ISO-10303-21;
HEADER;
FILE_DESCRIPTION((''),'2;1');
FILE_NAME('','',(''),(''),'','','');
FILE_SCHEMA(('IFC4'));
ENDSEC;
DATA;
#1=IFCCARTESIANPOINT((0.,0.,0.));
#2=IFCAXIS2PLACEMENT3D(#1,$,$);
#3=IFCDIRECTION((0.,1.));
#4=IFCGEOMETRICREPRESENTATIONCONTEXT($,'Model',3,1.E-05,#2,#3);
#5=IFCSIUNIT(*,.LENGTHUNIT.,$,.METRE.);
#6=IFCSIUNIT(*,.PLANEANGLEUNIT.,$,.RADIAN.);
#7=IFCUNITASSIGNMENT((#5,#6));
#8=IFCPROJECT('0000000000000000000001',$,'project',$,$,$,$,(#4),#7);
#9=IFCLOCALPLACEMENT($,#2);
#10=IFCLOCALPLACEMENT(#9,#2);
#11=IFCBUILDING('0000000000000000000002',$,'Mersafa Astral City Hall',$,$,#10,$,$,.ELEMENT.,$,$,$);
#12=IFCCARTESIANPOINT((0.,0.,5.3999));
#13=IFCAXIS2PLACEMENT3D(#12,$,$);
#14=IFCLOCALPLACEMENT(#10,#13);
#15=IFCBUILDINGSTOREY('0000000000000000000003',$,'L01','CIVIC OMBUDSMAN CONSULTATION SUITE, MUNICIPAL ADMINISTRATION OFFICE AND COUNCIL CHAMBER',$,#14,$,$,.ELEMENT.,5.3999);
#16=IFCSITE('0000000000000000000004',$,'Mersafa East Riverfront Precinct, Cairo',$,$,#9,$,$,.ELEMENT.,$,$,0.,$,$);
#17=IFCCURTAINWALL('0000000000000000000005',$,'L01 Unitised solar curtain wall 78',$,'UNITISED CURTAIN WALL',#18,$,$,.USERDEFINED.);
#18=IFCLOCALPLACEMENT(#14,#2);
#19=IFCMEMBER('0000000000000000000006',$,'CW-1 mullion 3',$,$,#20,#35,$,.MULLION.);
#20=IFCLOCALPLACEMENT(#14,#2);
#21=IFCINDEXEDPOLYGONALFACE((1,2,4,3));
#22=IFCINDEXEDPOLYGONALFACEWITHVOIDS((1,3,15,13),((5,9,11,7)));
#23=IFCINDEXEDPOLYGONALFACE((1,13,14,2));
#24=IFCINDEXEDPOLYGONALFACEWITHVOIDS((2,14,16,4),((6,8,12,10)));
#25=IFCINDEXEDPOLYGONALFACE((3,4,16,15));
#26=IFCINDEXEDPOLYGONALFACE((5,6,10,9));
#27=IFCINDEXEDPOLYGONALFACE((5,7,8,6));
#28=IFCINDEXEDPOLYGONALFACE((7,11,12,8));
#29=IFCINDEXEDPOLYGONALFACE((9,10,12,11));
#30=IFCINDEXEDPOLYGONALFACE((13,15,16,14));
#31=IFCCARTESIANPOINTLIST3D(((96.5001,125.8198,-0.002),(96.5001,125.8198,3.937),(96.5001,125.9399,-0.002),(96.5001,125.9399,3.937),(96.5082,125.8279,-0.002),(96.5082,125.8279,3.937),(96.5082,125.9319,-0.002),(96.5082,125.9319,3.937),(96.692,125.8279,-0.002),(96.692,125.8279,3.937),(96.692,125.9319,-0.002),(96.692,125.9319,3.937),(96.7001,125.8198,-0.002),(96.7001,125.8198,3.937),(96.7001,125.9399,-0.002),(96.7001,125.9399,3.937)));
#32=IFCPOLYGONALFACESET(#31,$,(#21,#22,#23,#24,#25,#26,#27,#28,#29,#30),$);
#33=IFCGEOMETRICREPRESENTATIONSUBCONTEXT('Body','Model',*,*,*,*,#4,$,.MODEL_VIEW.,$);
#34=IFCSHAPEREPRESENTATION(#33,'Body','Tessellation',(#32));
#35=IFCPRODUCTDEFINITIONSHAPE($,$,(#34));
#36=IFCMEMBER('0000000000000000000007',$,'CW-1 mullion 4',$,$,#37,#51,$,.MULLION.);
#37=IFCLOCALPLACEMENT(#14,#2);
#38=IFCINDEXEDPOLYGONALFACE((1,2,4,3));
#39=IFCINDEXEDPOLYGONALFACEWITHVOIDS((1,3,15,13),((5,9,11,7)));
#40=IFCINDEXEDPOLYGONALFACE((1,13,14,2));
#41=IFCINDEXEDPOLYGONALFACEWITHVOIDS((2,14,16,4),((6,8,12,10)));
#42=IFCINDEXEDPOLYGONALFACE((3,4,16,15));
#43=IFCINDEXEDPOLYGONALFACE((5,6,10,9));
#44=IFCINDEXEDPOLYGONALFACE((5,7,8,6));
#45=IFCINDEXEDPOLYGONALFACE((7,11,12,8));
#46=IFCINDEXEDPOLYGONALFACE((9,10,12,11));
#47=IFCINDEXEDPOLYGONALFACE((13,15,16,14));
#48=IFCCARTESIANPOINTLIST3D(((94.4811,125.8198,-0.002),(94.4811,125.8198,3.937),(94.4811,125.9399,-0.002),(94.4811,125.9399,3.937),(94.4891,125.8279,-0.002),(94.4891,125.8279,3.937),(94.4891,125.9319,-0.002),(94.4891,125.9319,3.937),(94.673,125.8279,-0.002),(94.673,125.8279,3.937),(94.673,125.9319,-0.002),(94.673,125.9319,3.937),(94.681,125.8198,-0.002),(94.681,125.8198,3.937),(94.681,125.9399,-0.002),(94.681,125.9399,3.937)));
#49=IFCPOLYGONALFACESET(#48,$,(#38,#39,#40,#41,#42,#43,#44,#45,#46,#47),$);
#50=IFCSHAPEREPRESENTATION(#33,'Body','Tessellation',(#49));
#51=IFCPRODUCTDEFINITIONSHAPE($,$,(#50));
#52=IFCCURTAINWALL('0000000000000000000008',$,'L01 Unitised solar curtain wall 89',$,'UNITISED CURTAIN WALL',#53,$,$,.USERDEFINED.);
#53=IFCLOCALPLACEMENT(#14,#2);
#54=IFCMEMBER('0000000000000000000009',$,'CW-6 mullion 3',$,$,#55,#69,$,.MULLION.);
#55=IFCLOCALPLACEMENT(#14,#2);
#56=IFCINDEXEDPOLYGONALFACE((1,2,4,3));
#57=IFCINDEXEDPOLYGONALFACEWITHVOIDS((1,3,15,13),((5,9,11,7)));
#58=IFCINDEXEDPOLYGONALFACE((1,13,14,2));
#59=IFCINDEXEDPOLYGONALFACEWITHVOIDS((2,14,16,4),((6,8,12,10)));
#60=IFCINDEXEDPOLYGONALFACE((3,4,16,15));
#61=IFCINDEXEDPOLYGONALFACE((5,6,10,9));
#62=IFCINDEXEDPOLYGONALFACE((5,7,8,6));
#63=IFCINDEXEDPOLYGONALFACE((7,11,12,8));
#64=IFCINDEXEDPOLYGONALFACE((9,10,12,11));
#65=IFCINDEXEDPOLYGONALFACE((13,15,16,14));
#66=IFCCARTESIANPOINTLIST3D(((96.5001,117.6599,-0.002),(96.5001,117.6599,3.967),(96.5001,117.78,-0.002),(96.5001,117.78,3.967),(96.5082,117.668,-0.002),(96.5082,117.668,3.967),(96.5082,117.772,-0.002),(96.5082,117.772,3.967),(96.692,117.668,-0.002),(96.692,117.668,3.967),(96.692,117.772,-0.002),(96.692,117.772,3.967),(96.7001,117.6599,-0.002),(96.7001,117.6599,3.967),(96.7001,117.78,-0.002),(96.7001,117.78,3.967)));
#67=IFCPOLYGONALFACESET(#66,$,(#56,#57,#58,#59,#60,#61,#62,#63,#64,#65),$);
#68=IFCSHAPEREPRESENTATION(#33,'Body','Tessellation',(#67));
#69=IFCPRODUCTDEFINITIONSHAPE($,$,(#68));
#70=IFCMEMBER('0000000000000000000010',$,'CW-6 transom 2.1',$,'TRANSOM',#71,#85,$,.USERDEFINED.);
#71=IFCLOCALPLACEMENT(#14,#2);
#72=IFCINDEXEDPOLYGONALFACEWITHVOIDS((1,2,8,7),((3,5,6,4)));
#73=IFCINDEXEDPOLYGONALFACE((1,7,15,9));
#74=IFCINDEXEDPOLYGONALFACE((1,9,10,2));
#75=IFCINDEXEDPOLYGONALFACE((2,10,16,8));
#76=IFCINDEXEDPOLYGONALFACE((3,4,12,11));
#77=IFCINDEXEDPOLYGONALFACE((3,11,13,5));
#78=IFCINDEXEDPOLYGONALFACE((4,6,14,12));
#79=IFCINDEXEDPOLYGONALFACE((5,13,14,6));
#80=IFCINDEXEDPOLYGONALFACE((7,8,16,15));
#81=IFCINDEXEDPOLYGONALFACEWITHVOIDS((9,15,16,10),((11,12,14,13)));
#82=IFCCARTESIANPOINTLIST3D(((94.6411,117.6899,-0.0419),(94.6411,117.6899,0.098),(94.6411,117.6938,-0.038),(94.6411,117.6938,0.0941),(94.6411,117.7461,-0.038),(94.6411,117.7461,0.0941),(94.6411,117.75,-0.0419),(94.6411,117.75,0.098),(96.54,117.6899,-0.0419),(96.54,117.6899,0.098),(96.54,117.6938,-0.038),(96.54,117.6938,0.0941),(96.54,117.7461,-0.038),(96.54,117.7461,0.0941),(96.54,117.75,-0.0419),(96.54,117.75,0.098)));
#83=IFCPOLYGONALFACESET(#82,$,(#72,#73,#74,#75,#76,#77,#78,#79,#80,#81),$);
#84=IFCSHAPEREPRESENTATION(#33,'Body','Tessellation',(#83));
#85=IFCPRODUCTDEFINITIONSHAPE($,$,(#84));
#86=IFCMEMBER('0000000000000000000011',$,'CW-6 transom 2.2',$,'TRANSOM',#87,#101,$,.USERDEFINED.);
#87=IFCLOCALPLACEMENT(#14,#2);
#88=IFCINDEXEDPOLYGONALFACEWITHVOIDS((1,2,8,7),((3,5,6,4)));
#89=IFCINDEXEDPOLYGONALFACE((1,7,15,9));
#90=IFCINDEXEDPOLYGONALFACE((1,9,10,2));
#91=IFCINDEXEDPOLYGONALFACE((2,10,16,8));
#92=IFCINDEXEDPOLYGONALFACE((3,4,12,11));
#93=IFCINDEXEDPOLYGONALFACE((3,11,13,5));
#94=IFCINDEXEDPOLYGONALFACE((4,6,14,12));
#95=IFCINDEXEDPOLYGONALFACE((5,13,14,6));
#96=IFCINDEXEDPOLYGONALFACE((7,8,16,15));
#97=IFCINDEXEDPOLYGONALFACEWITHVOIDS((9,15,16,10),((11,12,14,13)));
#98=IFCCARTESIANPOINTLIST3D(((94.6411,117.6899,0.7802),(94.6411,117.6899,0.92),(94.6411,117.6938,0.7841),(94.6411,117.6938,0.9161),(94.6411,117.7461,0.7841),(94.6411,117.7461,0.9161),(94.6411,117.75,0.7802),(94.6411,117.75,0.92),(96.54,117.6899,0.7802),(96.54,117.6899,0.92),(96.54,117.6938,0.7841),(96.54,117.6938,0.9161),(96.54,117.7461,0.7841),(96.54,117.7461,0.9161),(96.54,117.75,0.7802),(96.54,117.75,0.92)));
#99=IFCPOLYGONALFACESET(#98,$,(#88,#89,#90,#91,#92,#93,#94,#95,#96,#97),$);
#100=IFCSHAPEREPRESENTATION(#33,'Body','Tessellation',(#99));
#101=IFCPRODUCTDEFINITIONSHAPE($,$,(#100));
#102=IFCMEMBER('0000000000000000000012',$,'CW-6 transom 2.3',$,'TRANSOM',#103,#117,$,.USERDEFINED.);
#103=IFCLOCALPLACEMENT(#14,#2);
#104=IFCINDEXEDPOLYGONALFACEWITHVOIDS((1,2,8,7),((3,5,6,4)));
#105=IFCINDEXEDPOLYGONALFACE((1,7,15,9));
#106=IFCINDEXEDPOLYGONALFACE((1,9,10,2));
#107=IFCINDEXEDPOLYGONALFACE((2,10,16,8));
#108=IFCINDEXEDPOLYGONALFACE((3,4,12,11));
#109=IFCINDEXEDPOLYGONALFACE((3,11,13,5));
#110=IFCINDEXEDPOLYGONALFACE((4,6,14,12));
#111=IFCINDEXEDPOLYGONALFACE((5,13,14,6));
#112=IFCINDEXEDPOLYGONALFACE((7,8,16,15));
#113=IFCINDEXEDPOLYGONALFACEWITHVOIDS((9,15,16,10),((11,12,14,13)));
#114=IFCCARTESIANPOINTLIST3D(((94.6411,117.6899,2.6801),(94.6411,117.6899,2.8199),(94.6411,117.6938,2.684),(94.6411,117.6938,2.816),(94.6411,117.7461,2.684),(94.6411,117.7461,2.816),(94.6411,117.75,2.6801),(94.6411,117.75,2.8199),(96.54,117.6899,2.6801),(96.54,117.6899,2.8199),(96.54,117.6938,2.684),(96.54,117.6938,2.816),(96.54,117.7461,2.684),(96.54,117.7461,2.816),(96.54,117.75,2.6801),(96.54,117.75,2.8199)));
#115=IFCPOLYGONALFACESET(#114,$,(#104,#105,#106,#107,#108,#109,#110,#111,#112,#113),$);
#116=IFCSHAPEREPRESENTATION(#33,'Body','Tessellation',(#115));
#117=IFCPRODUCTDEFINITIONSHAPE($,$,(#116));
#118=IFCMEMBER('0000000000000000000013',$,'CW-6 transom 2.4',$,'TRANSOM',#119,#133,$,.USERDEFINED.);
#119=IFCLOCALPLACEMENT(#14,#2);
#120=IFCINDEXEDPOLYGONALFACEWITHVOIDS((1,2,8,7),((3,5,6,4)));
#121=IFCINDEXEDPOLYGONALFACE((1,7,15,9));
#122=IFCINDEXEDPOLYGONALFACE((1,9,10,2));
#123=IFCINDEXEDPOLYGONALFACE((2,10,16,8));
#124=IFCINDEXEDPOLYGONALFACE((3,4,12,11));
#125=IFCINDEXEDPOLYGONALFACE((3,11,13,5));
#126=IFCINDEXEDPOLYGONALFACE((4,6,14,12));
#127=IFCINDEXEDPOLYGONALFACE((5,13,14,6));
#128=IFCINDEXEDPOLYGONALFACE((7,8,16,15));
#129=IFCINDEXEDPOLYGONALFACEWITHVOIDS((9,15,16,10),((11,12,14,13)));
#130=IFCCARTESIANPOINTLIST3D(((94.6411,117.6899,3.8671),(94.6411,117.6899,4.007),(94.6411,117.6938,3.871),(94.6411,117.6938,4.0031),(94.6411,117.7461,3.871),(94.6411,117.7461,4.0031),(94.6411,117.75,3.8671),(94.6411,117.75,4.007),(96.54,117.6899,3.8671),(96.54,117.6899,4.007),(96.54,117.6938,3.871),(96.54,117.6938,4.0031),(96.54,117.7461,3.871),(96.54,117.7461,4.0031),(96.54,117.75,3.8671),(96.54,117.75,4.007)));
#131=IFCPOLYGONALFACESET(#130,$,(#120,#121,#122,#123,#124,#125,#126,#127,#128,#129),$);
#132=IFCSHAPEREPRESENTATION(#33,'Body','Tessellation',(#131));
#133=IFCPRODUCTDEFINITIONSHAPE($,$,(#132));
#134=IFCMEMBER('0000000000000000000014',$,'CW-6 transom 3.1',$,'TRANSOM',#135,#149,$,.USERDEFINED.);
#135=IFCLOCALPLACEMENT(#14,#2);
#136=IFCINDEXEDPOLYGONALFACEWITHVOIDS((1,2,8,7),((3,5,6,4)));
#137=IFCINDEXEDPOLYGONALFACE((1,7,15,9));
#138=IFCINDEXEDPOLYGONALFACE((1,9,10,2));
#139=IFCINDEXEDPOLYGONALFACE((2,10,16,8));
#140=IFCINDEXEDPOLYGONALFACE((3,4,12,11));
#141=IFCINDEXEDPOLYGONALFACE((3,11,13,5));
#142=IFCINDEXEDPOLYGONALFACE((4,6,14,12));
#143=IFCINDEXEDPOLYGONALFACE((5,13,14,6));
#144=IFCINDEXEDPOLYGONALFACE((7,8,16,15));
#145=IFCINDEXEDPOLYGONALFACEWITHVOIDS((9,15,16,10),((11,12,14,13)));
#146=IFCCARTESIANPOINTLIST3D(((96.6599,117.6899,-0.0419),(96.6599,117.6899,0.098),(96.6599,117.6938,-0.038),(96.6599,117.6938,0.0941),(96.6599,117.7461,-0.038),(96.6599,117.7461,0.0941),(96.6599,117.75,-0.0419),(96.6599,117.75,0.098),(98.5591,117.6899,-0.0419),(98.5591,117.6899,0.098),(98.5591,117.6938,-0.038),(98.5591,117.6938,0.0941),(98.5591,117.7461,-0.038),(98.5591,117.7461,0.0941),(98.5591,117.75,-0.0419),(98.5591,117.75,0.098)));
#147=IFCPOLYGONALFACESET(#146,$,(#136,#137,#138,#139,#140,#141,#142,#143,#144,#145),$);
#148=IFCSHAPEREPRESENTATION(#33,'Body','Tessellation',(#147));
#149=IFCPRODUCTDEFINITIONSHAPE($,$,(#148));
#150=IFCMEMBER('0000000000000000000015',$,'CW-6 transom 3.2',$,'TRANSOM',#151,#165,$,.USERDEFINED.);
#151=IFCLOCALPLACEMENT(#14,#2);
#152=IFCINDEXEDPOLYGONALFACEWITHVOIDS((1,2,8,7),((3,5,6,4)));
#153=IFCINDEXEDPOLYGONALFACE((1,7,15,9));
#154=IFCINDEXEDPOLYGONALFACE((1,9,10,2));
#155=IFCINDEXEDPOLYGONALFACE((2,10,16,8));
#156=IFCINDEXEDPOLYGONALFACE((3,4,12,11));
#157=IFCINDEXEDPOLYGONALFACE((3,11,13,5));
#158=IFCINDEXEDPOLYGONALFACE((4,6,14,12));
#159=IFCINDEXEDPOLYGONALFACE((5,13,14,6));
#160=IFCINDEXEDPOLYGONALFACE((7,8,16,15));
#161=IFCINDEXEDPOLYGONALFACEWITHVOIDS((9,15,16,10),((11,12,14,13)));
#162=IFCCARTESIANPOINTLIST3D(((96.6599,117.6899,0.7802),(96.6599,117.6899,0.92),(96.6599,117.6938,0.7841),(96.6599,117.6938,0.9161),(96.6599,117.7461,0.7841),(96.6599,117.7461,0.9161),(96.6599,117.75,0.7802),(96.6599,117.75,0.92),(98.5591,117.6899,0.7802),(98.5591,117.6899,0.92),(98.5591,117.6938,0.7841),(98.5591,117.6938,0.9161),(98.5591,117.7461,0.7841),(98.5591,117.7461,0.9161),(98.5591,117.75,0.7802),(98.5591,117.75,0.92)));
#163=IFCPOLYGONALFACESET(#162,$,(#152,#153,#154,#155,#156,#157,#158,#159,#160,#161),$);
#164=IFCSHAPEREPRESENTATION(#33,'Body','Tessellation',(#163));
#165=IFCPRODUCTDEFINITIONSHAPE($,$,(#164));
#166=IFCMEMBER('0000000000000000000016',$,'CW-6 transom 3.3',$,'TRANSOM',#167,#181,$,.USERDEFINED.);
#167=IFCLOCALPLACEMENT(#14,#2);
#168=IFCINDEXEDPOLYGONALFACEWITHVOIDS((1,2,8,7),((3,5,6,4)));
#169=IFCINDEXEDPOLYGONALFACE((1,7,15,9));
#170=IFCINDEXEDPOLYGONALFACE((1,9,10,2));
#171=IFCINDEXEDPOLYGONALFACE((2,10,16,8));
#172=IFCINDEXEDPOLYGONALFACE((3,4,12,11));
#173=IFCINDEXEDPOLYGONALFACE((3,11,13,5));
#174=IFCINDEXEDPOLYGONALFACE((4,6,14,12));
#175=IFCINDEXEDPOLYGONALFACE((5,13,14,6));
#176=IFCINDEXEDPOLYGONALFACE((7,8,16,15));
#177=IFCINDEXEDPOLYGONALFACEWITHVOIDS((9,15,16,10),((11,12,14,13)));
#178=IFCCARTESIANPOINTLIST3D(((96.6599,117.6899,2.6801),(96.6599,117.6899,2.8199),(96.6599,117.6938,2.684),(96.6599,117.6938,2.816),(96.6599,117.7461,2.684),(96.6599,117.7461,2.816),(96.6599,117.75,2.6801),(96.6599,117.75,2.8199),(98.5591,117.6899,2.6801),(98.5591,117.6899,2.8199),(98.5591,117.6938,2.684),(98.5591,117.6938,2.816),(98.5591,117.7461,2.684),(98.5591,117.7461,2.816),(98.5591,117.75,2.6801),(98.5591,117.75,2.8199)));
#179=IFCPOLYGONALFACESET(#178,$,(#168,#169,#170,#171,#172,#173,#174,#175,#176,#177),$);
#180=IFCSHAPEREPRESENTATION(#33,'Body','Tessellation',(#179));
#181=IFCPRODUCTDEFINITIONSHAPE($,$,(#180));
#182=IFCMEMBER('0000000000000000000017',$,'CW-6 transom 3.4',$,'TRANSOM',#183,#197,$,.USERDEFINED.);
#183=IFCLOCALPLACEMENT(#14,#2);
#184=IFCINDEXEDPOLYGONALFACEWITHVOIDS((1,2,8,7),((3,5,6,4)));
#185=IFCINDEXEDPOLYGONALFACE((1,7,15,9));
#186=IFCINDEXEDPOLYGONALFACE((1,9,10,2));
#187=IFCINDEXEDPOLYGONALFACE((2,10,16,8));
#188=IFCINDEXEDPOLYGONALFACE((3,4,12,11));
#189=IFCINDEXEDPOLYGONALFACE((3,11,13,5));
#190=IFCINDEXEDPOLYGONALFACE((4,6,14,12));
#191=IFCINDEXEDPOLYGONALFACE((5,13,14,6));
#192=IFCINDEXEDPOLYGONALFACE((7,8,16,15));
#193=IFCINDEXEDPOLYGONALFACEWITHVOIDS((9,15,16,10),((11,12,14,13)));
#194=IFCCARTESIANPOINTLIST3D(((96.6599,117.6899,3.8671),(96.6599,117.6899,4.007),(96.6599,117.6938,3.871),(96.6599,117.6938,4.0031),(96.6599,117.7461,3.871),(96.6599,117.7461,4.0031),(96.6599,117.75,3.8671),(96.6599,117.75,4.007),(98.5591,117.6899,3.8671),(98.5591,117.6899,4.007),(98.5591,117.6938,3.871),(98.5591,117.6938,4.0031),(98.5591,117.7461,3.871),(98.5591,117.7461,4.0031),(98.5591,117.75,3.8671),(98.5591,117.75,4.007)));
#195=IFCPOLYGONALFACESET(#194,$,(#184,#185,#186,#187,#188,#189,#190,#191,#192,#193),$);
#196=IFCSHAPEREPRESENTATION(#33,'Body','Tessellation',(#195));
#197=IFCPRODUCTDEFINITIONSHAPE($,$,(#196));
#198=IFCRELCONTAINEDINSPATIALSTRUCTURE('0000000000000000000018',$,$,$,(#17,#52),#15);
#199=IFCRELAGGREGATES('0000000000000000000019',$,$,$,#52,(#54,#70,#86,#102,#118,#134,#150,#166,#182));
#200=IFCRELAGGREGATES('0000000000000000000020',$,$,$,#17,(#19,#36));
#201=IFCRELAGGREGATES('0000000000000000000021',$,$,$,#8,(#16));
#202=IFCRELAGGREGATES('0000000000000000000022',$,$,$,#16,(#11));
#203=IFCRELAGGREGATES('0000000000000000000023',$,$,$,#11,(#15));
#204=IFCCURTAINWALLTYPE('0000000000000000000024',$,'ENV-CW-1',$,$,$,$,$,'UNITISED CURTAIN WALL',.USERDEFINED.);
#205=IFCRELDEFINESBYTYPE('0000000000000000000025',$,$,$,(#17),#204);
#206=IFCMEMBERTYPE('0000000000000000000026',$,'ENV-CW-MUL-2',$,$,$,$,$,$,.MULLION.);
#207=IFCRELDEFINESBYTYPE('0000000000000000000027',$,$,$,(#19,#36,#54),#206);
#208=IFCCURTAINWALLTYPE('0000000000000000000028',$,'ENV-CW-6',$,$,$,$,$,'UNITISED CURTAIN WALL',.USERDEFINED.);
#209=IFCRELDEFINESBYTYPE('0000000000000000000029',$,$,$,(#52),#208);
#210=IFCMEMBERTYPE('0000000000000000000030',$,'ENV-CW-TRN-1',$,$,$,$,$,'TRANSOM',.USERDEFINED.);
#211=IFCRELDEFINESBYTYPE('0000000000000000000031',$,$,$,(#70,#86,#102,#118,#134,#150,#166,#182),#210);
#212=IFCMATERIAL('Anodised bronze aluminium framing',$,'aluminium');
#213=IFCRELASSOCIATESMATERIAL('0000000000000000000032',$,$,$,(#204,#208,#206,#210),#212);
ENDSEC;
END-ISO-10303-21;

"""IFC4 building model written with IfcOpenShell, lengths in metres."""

from ifc_helpers import new_model, si_unit, direction, frame, origin, origin_2d, place, context, subcontext, project, spatial, hollow_rectangle, extrude, material, material_profile, profile_set, type_object, element, aggregate, save


model = new_model("IFC4")

# Units and contexts
model_context = context("Model", 3, precision=1e-05, world=origin(), true_north=direction((0.0, 1.0)))
body_context = subcontext(model_context, "Body", "Model", "MODEL_VIEW")
ifc_project = project(units=[si_unit("LENGTHUNIT", "METRE"), si_unit("PLANEANGLEUNIT", "RADIAN")], contexts=[model_context])

# Site, building, storey
site_placement = place(None, origin())
site = spatial("IfcSite", under=ifc_project, at=site_placement, Name="Mersafa East Riverfront Precinct, Cairo", CompositionType="ELEMENT", RefElevation=0.0)
building_placement = place(site_placement, origin())
building = spatial("IfcBuilding", under=site, at=building_placement, Name="Mersafa Astral City Hall", CompositionType="ELEMENT")
storey_placement = place(building_placement, frame((0.0, 0.0, 5.3999)))
storey = spatial("IfcBuildingStorey", under=building, at=storey_placement, Name="L01", Description="CIVIC OMBUDSMAN CONSULTATION SUITE, MUNICIPAL ADMINISTRATION OFFICE AND COUNCIL CHAMBER", CompositionType="ELEMENT", Elevation=5.3999)

# Curtain walls, members
ifc_material_1 = material(Name="Anodised bronze aluminium framing", Category="aluminium")
curtain_wall_type_1 = type_object("IfcCurtainWallType", Name="ENV-CW-1", ElementType="UNITISED CURTAIN WALL", PredefinedType="USERDEFINED", material=ifc_material_1)
curtain_wall_1_placement = place(storey_placement, origin())
curtain_wall_1 = element("IfcCurtainWall", 1, at=curtain_wall_1_placement, inside=storey, type_object=curtain_wall_type_1, Name="L01 Unitised solar curtain wall 78", ObjectType="UNITISED CURTAIN WALL", PredefinedType="USERDEFINED")
ifc_material_profile_1 = material_profile(ifc_material_1, hollow_rectangle(XDim=0.1201, YDim=0.2, WallThickness=0.0081, at=origin_2d()), Name="RHS 120x200x8")
ifc_profile_set_1 = profile_set([ifc_material_profile_1], Name="Anodised bronze aluminium framing")
member_type_1 = type_object("IfcMemberType", Name="ENV-CW-MUL-2", PredefinedType="MULLION", material=ifc_profile_set_1)
member_1_placement = place(storey_placement, frame((96.6001, 125.8799, -0.002), z_axis=(0.0, 0.0, 1.0), x_axis=(0.0, -1.0, 0.0)))
member_1 = element("IfcMember", 2, at=member_1_placement, type_object=member_type_1, Name="CW-1 mullion 3", PredefinedType="MULLION", context=body_context, shape_type="SweptSolid", body=[
    extrude(hollow_rectangle(XDim=0.1201, YDim=0.2, WallThickness=0.0081, at=origin_2d()), origin(), (0.0, 0.0, 1.0), 3.939),
])
member_2_placement = place(storey_placement, frame((94.5811, 125.8799, -0.002), z_axis=(0.0, 0.0, 1.0), x_axis=(0.0, -1.0, 0.0)))
member_2 = element("IfcMember", 3, at=member_2_placement, type_object=member_type_1, Name="CW-1 mullion 4", PredefinedType="MULLION", context=body_context, shape_type="SweptSolid", body=[
    extrude(hollow_rectangle(XDim=0.1201, YDim=0.2, WallThickness=0.0081, at=origin_2d()), origin(), (0.0, 0.0, 1.0), 3.939),
])
curtain_wall_type_2 = type_object("IfcCurtainWallType", Name="ENV-CW-6", ElementType="UNITISED CURTAIN WALL", PredefinedType="USERDEFINED", material=ifc_material_1)
curtain_wall_2_placement = place(storey_placement, origin())
curtain_wall_2 = element("IfcCurtainWall", 4, at=curtain_wall_2_placement, inside=storey, type_object=curtain_wall_type_2, Name="L01 Unitised solar curtain wall 89", ObjectType="UNITISED CURTAIN WALL", PredefinedType="USERDEFINED")
member_3_placement = place(storey_placement, frame((96.6001, 117.72, -0.002), z_axis=(0.0, 0.0, 1.0), x_axis=(0.0, 1.0, 0.0)))
member_3 = element("IfcMember", 5, at=member_3_placement, type_object=member_type_1, Name="CW-6 mullion 3", PredefinedType="MULLION", context=body_context, shape_type="SweptSolid", body=[
    extrude(hollow_rectangle(XDim=0.1201, YDim=0.2, WallThickness=0.0081, at=origin_2d()), origin(), (0.0, 0.0, 1.0), 3.969),
])
ifc_material_profile_2 = material_profile(ifc_material_1, hollow_rectangle(XDim=0.0601, YDim=0.1399, WallThickness=0.0039, at=origin_2d()), Name="RHS 60x140x4")
ifc_profile_set_2 = profile_set([ifc_material_profile_2], Name="Anodised bronze aluminium framing")
member_type_2 = type_object("IfcMemberType", Name="ENV-CW-TRN-1", ElementType="TRANSOM", PredefinedType="USERDEFINED", material=ifc_profile_set_2)
member_4_placement = place(storey_placement, frame((94.6411, 117.72, 0.0281), z_axis=(1.0, 0.0, 0.0), x_axis=(0.0, 1.0, 0.0)))
member_4 = element("IfcMember", 6, at=member_4_placement, type_object=member_type_2, Name="CW-6 transom 2.1", ObjectType="TRANSOM", PredefinedType="USERDEFINED", context=body_context, shape_type="SweptSolid", body=[
    extrude(hollow_rectangle(XDim=0.0601, YDim=0.1399, WallThickness=0.0039, at=origin_2d()), origin(), (0.0, 0.0, 1.0), 1.8989),
])
member_5_placement = place(storey_placement, frame((94.6411, 117.72, 0.8501), z_axis=(1.0, 0.0, 0.0), x_axis=(0.0, 1.0, 0.0)))
member_5 = element("IfcMember", 7, at=member_5_placement, type_object=member_type_2, Name="CW-6 transom 2.2", ObjectType="TRANSOM", PredefinedType="USERDEFINED", context=body_context, shape_type="SweptSolid", body=[
    extrude(hollow_rectangle(XDim=0.0601, YDim=0.1399, WallThickness=0.0039, at=origin_2d()), origin(), (0.0, 0.0, 1.0), 1.8989),
])
member_6_placement = place(storey_placement, frame((94.6411, 117.72, 2.75), z_axis=(1.0, 0.0, 0.0), x_axis=(0.0, 1.0, 0.0)))
member_6 = element("IfcMember", 8, at=member_6_placement, type_object=member_type_2, Name="CW-6 transom 2.3", ObjectType="TRANSOM", PredefinedType="USERDEFINED", context=body_context, shape_type="SweptSolid", body=[
    extrude(hollow_rectangle(XDim=0.0601, YDim=0.1399, WallThickness=0.0039, at=origin_2d()), origin(), (0.0, 0.0, 1.0), 1.8989),
])
member_7_placement = place(storey_placement, frame((94.6411, 117.72, 3.937), z_axis=(1.0, 0.0, 0.0), x_axis=(0.0, 1.0, 0.0)))
member_7 = element("IfcMember", 9, at=member_7_placement, type_object=member_type_2, Name="CW-6 transom 2.4", ObjectType="TRANSOM", PredefinedType="USERDEFINED", context=body_context, shape_type="SweptSolid", body=[
    extrude(hollow_rectangle(XDim=0.0601, YDim=0.1399, WallThickness=0.0039, at=origin_2d()), origin(), (0.0, 0.0, 1.0), 1.8989),
])
member_8_placement = place(storey_placement, frame((96.6599, 117.72, 0.0281), z_axis=(1.0, 0.0, 0.0), x_axis=(0.0, 1.0, 0.0)))
member_8 = element("IfcMember", 10, at=member_8_placement, type_object=member_type_2, Name="CW-6 transom 3.1", ObjectType="TRANSOM", PredefinedType="USERDEFINED", context=body_context, shape_type="SweptSolid", body=[
    extrude(hollow_rectangle(XDim=0.0601, YDim=0.1399, WallThickness=0.0039, at=origin_2d()), origin(), (0.0, 0.0, 1.0), 1.8992),
])
member_9_placement = place(storey_placement, frame((96.6599, 117.72, 0.8501), z_axis=(1.0, 0.0, 0.0), x_axis=(0.0, 1.0, 0.0)))
member_9 = element("IfcMember", 11, at=member_9_placement, type_object=member_type_2, Name="CW-6 transom 3.2", ObjectType="TRANSOM", PredefinedType="USERDEFINED", context=body_context, shape_type="SweptSolid", body=[
    extrude(hollow_rectangle(XDim=0.0601, YDim=0.1399, WallThickness=0.0039, at=origin_2d()), origin(), (0.0, 0.0, 1.0), 1.8992),
])
member_10_placement = place(storey_placement, frame((96.6599, 117.72, 2.75), z_axis=(1.0, 0.0, 0.0), x_axis=(0.0, 1.0, 0.0)))
member_10 = element("IfcMember", 12, at=member_10_placement, type_object=member_type_2, Name="CW-6 transom 3.3", ObjectType="TRANSOM", PredefinedType="USERDEFINED", context=body_context, shape_type="SweptSolid", body=[
    extrude(hollow_rectangle(XDim=0.0601, YDim=0.1399, WallThickness=0.0039, at=origin_2d()), origin(), (0.0, 0.0, 1.0), 1.8992),
])
member_11_placement = place(storey_placement, frame((96.6599, 117.72, 3.937), z_axis=(1.0, 0.0, 0.0), x_axis=(0.0, 1.0, 0.0)))
member_11 = element("IfcMember", 13, at=member_11_placement, type_object=member_type_2, Name="CW-6 transom 3.4", ObjectType="TRANSOM", PredefinedType="USERDEFINED", context=body_context, shape_type="SweptSolid", body=[
    extrude(hollow_rectangle(XDim=0.0601, YDim=0.1399, WallThickness=0.0039, at=origin_2d()), origin(), (0.0, 0.0, 1.0), 1.8992),
])

aggregate(curtain_wall_2, [member_3, member_4, member_5, member_6, member_7, member_8, member_9, member_10, member_11])
aggregate(curtain_wall_1, [member_1, member_2])

save(model, "model.ifc")
